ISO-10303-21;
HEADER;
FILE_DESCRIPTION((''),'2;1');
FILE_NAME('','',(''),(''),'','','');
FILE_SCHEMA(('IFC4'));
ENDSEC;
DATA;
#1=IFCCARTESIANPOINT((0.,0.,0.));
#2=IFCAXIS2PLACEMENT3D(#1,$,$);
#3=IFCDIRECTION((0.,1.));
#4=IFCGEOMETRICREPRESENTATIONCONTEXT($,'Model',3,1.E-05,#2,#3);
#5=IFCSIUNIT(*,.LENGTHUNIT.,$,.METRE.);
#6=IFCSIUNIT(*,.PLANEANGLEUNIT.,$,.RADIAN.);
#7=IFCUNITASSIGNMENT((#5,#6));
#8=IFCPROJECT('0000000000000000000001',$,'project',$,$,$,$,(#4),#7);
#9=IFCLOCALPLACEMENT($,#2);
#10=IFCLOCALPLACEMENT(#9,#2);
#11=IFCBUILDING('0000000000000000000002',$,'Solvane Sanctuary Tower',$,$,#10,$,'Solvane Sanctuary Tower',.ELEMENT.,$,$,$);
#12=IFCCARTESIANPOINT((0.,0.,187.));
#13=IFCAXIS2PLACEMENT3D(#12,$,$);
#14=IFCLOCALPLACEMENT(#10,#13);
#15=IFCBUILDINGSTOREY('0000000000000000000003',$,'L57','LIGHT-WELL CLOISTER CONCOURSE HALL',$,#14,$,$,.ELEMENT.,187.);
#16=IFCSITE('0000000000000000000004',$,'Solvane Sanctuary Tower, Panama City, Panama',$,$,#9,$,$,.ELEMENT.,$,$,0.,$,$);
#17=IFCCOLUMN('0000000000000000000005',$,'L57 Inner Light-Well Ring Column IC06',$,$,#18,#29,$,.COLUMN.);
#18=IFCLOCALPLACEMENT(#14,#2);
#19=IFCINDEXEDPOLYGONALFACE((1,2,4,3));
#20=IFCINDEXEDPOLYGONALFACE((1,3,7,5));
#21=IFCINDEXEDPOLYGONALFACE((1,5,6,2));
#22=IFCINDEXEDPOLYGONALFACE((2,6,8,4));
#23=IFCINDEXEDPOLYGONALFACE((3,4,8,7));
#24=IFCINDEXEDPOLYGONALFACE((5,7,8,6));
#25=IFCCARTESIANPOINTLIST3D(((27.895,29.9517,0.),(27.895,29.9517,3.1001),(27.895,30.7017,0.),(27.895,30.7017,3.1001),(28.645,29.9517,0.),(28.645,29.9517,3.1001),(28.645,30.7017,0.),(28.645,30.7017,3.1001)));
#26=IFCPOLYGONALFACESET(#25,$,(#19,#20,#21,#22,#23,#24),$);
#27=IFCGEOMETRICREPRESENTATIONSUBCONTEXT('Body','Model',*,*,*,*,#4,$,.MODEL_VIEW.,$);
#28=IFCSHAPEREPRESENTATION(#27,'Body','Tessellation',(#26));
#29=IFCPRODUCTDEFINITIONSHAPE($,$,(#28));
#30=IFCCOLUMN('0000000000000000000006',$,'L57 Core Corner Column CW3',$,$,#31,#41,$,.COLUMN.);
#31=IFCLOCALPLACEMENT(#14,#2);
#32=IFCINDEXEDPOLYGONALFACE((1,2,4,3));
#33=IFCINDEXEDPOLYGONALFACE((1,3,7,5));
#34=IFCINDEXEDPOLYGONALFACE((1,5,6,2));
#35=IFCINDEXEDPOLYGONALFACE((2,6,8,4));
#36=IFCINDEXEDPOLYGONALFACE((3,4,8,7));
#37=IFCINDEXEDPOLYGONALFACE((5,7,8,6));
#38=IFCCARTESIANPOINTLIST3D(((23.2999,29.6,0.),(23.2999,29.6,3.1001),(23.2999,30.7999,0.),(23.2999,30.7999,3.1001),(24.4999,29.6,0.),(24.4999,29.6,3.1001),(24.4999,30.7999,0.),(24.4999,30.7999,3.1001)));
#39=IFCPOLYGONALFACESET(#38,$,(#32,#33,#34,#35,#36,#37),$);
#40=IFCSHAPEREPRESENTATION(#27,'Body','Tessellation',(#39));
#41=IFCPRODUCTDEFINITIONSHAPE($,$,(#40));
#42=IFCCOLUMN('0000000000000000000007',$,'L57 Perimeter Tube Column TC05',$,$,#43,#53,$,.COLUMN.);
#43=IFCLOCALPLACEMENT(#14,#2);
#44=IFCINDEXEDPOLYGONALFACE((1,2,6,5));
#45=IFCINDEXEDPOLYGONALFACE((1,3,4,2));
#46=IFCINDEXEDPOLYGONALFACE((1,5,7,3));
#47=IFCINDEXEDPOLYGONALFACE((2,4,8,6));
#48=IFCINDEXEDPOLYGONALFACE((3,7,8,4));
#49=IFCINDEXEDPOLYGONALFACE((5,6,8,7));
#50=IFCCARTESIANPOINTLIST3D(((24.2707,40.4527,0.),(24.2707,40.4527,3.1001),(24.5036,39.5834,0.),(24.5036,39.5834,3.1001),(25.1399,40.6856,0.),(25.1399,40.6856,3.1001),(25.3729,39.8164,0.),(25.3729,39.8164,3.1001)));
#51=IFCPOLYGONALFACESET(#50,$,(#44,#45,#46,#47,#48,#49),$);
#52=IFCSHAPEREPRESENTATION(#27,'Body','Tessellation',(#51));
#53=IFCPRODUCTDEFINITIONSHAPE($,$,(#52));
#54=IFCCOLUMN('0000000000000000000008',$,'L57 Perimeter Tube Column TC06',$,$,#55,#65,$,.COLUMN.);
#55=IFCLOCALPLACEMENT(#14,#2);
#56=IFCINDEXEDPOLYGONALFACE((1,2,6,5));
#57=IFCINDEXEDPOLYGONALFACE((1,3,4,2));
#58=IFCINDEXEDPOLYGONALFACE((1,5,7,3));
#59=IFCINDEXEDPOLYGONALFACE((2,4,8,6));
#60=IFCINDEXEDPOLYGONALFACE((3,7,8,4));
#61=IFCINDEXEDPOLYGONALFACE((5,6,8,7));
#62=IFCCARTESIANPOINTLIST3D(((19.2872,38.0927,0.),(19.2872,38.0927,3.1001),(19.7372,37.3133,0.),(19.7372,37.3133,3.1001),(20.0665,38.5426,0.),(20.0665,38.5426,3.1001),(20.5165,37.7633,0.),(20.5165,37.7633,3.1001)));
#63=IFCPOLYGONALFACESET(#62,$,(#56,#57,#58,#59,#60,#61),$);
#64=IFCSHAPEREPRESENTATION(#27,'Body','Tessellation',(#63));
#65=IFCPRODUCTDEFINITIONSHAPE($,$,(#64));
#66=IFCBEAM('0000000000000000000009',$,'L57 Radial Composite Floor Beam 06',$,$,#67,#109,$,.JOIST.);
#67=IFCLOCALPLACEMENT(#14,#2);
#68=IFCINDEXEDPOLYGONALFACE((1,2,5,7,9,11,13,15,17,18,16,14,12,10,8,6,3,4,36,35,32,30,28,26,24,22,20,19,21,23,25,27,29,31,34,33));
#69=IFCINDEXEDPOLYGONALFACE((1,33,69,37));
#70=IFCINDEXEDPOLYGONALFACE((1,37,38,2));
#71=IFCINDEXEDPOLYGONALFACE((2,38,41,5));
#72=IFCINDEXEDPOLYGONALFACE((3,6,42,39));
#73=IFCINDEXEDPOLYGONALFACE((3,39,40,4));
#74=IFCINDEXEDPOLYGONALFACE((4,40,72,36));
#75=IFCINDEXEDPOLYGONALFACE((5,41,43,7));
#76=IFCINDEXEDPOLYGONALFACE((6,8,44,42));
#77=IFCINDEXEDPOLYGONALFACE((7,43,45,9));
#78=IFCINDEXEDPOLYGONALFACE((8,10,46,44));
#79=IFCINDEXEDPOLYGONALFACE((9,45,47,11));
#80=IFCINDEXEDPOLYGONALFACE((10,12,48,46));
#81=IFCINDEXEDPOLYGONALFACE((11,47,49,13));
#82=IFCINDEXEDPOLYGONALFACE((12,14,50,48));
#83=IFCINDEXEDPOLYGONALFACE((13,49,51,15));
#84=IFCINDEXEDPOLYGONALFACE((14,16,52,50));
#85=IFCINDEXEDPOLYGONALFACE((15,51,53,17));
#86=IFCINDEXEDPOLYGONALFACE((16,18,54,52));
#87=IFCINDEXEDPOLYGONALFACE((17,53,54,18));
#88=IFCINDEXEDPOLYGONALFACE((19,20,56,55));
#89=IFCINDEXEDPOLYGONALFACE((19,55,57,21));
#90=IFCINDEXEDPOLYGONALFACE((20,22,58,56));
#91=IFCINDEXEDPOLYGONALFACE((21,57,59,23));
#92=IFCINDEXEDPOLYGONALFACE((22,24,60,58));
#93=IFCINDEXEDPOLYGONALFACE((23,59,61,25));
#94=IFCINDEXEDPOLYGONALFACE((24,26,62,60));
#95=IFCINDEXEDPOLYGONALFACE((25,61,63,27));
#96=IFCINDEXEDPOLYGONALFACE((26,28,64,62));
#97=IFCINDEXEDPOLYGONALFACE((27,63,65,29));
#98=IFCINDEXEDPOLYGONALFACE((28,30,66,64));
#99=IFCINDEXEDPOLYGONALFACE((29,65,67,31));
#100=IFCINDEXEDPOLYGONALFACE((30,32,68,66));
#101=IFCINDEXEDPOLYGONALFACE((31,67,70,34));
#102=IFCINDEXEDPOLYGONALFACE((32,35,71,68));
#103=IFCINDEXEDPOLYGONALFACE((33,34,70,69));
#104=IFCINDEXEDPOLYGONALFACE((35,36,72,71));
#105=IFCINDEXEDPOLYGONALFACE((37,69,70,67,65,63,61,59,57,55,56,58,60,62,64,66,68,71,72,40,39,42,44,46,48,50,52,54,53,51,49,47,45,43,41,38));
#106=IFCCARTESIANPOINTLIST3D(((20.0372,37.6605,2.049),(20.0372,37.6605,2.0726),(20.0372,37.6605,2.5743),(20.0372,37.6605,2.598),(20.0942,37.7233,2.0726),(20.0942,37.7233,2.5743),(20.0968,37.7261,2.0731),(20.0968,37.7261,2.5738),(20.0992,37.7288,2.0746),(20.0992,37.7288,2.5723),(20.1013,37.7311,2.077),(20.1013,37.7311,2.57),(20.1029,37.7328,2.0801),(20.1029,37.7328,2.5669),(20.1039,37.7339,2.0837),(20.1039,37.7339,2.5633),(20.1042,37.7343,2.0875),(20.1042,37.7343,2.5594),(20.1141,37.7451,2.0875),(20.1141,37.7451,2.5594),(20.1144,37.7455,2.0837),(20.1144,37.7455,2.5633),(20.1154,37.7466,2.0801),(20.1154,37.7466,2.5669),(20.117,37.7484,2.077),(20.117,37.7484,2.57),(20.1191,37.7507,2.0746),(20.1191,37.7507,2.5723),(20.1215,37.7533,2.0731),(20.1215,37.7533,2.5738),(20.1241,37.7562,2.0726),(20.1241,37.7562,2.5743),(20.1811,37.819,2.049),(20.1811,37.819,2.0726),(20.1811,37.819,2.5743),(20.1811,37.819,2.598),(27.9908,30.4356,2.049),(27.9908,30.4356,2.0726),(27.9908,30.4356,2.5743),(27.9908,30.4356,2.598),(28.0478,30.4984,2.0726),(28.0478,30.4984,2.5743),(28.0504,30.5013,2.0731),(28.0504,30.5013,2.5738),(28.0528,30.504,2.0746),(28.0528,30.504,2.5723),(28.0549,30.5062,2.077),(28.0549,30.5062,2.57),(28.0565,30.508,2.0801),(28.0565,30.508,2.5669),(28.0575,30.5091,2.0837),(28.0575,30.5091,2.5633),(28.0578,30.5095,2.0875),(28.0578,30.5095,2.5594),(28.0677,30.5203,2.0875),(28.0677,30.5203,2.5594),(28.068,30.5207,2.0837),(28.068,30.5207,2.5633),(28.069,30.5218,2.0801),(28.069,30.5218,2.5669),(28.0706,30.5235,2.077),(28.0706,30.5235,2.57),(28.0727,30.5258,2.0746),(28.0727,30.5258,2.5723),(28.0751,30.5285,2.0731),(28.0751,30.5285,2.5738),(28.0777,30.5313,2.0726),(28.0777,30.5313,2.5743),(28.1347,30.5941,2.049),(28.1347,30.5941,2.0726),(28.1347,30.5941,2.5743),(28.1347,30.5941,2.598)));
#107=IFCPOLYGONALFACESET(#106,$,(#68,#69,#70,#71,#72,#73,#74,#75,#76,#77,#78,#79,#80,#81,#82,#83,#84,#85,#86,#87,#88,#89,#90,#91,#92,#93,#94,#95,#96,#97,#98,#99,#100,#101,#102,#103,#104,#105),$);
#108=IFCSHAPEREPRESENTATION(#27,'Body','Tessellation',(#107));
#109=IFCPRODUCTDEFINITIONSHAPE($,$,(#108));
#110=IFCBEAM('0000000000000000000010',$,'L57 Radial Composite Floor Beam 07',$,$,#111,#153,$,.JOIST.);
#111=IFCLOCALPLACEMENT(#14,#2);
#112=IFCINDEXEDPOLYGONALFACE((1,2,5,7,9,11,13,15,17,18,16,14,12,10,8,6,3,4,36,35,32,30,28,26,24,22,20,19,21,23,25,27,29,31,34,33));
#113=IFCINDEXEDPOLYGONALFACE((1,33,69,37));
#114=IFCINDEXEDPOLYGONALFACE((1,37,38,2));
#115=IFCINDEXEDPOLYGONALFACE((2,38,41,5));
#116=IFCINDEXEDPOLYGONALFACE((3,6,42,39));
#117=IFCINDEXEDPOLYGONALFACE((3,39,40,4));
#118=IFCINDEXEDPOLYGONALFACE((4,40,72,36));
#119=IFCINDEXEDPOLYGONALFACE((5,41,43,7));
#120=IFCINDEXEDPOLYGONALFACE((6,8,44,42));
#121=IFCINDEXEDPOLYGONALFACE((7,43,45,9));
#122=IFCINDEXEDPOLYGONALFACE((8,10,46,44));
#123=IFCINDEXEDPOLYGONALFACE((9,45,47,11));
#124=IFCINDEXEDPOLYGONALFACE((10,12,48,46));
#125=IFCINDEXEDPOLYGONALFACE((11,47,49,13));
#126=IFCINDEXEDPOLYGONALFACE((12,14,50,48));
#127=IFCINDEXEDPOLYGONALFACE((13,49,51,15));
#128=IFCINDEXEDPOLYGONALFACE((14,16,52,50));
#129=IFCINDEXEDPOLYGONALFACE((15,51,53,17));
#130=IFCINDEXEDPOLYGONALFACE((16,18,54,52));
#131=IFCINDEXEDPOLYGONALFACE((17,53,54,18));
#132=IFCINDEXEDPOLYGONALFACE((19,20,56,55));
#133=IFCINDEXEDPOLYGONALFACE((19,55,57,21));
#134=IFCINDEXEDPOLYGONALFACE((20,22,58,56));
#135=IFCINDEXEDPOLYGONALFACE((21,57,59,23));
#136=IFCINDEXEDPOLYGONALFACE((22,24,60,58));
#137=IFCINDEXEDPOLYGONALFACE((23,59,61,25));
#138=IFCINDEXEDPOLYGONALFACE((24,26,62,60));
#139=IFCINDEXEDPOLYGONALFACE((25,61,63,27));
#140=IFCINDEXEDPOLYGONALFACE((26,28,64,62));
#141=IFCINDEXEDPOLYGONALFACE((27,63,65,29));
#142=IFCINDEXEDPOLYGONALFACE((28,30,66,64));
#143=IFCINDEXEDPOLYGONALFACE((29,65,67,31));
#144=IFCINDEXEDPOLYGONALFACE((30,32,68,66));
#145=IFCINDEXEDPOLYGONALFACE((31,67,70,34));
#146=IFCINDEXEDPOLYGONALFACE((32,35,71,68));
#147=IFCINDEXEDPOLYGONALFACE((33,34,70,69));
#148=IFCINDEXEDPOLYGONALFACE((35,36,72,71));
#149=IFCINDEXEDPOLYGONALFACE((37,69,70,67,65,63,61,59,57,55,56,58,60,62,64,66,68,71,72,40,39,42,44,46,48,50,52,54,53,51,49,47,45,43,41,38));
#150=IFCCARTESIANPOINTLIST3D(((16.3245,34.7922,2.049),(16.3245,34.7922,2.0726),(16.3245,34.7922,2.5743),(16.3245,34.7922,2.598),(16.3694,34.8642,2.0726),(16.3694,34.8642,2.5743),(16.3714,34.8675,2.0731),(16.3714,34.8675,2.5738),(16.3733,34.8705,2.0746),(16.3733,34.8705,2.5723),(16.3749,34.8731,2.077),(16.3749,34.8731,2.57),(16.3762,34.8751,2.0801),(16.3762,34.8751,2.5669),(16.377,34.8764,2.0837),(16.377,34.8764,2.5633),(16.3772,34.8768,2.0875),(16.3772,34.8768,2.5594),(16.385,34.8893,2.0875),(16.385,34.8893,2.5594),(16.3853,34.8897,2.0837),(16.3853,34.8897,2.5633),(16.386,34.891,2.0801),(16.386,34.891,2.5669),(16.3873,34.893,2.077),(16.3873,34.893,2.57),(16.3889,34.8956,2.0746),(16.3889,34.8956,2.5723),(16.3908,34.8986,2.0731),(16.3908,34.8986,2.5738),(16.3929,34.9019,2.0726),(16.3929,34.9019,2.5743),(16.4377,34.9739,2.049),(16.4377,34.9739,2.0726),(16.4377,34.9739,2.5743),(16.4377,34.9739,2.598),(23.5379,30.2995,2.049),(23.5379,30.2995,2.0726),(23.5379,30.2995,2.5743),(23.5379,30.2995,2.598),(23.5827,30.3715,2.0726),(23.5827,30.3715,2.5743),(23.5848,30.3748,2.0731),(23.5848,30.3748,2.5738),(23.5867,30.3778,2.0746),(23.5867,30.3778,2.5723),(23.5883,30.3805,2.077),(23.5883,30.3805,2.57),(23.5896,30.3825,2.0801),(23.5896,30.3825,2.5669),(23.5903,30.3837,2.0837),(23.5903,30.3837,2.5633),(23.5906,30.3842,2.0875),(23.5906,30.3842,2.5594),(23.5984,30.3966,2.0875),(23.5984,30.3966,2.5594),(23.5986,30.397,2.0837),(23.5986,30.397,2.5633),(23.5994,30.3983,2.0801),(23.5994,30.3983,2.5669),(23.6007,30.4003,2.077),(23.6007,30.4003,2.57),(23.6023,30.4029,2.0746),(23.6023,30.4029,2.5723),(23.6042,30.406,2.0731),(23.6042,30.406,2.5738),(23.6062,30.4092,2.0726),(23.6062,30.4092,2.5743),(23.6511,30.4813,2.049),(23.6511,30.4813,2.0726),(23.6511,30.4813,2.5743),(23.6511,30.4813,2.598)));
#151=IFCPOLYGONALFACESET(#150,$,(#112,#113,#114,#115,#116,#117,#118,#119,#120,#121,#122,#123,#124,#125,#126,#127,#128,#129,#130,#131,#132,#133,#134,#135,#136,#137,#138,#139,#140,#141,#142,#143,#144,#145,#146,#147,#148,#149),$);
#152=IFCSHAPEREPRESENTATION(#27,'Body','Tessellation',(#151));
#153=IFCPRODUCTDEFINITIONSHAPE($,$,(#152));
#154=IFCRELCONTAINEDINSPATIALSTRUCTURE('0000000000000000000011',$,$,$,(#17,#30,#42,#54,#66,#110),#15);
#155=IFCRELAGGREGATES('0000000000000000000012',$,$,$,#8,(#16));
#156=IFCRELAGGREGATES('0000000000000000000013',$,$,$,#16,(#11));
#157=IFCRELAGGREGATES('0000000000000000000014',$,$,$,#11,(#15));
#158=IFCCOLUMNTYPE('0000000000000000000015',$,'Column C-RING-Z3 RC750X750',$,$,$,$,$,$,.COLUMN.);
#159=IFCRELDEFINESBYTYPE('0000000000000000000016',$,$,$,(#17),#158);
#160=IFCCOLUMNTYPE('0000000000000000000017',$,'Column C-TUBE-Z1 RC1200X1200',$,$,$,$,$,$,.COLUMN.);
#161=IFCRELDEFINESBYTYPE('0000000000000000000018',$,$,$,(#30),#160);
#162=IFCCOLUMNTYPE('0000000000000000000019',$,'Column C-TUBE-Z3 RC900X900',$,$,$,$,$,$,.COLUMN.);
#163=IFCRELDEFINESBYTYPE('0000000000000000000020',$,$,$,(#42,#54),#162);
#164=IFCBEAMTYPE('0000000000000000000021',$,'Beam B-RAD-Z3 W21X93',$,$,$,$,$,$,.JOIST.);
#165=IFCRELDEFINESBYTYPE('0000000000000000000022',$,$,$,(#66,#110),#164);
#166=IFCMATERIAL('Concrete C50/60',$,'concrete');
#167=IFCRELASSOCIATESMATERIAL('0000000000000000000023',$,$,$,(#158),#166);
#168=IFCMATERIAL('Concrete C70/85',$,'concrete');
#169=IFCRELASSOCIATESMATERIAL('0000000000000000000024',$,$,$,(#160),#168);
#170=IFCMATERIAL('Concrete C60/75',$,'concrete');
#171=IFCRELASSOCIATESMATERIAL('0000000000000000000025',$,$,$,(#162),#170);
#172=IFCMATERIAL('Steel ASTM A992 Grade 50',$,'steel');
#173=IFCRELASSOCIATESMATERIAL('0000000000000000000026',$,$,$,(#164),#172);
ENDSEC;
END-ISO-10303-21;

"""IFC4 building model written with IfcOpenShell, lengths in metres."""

from ifc_helpers import new_model, si_unit, direction, frame, origin, origin_2d, place, context, subcontext, project, spatial, rectangle, i_section, extrude, material, material_profile, profile_set, type_object, element, save


model = new_model("IFC4")

# Units and contexts
model_context = context("Model", 3, precision=1e-05, world=origin(), true_north=direction((0.0, 1.0)))
body_context = subcontext(model_context, "Body", "Model", "MODEL_VIEW")
ifc_project = project(units=[si_unit("LENGTHUNIT", "METRE"), si_unit("PLANEANGLEUNIT", "RADIAN")], contexts=[model_context])

# Site, building, storey
site_placement = place(None, origin())
site = spatial("IfcSite", under=ifc_project, at=site_placement, Name="Solvane Sanctuary Tower, Panama City, Panama", CompositionType="ELEMENT", RefElevation=0.0)
building_placement = place(site_placement, origin())
building = spatial("IfcBuilding", under=site, at=building_placement, Name="Solvane Sanctuary Tower", LongName="Solvane Sanctuary Tower", CompositionType="ELEMENT")
storey_placement = place(building_placement, frame((0.0, 0.0, 187.0)))
storey = spatial("IfcBuildingStorey", under=building, at=storey_placement, Name="L57", Description="LIGHT-WELL CLOISTER CONCOURSE HALL", CompositionType="ELEMENT", Elevation=187.0)

# Columns
ifc_material_1 = material(Name="Concrete C50/60", Category="concrete")
ifc_material_profile_1 = material_profile(ifc_material_1, rectangle(XDim=0.75, YDim=0.75, at=origin_2d()), Name="RC750X750")
ifc_profile_set_1 = profile_set([ifc_material_profile_1], Name="Concrete C50/60")
column_type_1 = type_object("IfcColumnType", Name="Column C-RING-Z3 RC750X750", PredefinedType="COLUMN", material=ifc_profile_set_1)
column_1_placement = place(storey_placement, frame((28.27, 30.3267, 0.0), z_axis=(0.0, 0.0, 1.0), x_axis=(1.0, 0.0, 0.0)))
element("IfcColumn", 1, at=column_1_placement, inside=storey, type_object=column_type_1, Name="L57 Inner Light-Well Ring Column IC06", PredefinedType="COLUMN", context=body_context, shape_type="SweptSolid", body=[
    extrude(rectangle(XDim=0.75, YDim=0.75, at=origin_2d()), origin(), (0.0, 0.0, 1.0), 3.1001),
])
ifc_material_2 = material(Name="Concrete C70/85", Category="concrete")
ifc_material_profile_2 = material_profile(ifc_material_2, rectangle(XDim=1.2, YDim=1.2, at=origin_2d()), Name="RC1200X1200")
ifc_profile_set_2 = profile_set([ifc_material_profile_2], Name="Concrete C70/85")
column_type_2 = type_object("IfcColumnType", Name="Column C-TUBE-Z1 RC1200X1200", PredefinedType="COLUMN", material=ifc_profile_set_2)
column_2_placement = place(storey_placement, frame((23.8999, 30.2, 0.0), z_axis=(0.0, 0.0, 1.0), x_axis=(1.0, 0.0, 0.0)))
element("IfcColumn", 2, at=column_2_placement, inside=storey, type_object=column_type_2, Name="L57 Core Corner Column CW3", PredefinedType="COLUMN", context=body_context, shape_type="SweptSolid", body=[
    extrude(rectangle(XDim=1.2, YDim=1.2, at=origin_2d()), origin(), (0.0, 0.0, 1.0), 3.1001),
])
ifc_material_3 = material(Name="Concrete C60/75", Category="concrete")
ifc_material_profile_3 = material_profile(ifc_material_3, rectangle(XDim=0.8999, YDim=0.8999, at=origin_2d()), Name="RC900X900")
ifc_profile_set_3 = profile_set([ifc_material_profile_3], Name="Concrete C60/75")
column_type_3 = type_object("IfcColumnType", Name="Column C-TUBE-Z3 RC900X900", PredefinedType="COLUMN", material=ifc_profile_set_3)
for number, where, z_axis, x_axis, name in (
    (3, (24.8218, 40.1345, 0.0), (0.0, 0.0, 1.0), (-0.258819, 0.965926, 0.0), "L57 Perimeter Tube Column TC05"),
    (4, (19.9019, 37.928, 0.0), (0.0, 0.0, 1.0), (-0.5, 0.866025, 0.0), "L57 Perimeter Tube Column TC06"),
):
    element("IfcColumn", number, at=place(storey_placement, frame(where, z_axis=z_axis, x_axis=x_axis)), inside=storey, type_object=column_type_3, Name=name, PredefinedType="COLUMN", context=body_context, shape_type="SweptSolid", body=[
        extrude(rectangle(XDim=0.8999, YDim=0.8999, at=origin_2d()), origin(), (0.0, 0.0, 1.0), 3.1001),
    ])

# Beams
ifc_material_4 = material(Name="Steel ASTM A992 Grade 50", Category="steel")
ifc_material_profile_4 = material_profile(ifc_material_4, i_section(OverallWidth=0.2141, OverallDepth=0.5491, WebThickness=0.0146, FlangeThickness=0.0237, FilletRadius=0.0149, at=origin_2d()), Name="W21X93")
ifc_profile_set_4 = profile_set([ifc_material_profile_4], Name="Steel ASTM A992 Grade 50")
beam_type_1 = type_object("IfcBeamType", Name="Beam B-RAD-Z3 W21X93", PredefinedType="JOIST", material=ifc_profile_set_4)
beam_1_placement = place(storey_placement, frame((28.0627, 30.5149, 2.3235), z_axis=(-0.740204, 0.672382, 0.0), x_axis=(-0.672382, -0.740204, 0.0)))
element("IfcBeam", 5, at=beam_1_placement, inside=storey, type_object=beam_type_1, Name="L57 Radial Composite Floor Beam 06", PredefinedType="JOIST", context=body_context, shape_type="SweptSolid", body=[
    extrude(i_section(OverallWidth=0.2141, OverallDepth=0.5491, WebThickness=0.0146, FlangeThickness=0.0237, FilletRadius=0.0149, at=origin_2d()), origin(), (0.0, 0.0, 1.0), 10.7451),
])
beam_2_placement = place(storey_placement, frame((23.5945, 30.3904, 2.3235), z_axis=(-0.848827, 0.528671, 0.0), x_axis=(-0.528671, -0.848827, 0.0)))
element("IfcBeam", 6, at=beam_2_placement, inside=storey, type_object=beam_type_1, Name="L57 Radial Composite Floor Beam 07", PredefinedType="JOIST", context=body_context, shape_type="SweptSolid", body=[
    extrude(i_section(OverallWidth=0.2141, OverallDepth=0.5491, WebThickness=0.0146, FlangeThickness=0.0237, FilletRadius=0.0149, at=origin_2d()), origin(), (0.0, 0.0, 1.0), 8.498),
])

save(model, "model.ifc")
